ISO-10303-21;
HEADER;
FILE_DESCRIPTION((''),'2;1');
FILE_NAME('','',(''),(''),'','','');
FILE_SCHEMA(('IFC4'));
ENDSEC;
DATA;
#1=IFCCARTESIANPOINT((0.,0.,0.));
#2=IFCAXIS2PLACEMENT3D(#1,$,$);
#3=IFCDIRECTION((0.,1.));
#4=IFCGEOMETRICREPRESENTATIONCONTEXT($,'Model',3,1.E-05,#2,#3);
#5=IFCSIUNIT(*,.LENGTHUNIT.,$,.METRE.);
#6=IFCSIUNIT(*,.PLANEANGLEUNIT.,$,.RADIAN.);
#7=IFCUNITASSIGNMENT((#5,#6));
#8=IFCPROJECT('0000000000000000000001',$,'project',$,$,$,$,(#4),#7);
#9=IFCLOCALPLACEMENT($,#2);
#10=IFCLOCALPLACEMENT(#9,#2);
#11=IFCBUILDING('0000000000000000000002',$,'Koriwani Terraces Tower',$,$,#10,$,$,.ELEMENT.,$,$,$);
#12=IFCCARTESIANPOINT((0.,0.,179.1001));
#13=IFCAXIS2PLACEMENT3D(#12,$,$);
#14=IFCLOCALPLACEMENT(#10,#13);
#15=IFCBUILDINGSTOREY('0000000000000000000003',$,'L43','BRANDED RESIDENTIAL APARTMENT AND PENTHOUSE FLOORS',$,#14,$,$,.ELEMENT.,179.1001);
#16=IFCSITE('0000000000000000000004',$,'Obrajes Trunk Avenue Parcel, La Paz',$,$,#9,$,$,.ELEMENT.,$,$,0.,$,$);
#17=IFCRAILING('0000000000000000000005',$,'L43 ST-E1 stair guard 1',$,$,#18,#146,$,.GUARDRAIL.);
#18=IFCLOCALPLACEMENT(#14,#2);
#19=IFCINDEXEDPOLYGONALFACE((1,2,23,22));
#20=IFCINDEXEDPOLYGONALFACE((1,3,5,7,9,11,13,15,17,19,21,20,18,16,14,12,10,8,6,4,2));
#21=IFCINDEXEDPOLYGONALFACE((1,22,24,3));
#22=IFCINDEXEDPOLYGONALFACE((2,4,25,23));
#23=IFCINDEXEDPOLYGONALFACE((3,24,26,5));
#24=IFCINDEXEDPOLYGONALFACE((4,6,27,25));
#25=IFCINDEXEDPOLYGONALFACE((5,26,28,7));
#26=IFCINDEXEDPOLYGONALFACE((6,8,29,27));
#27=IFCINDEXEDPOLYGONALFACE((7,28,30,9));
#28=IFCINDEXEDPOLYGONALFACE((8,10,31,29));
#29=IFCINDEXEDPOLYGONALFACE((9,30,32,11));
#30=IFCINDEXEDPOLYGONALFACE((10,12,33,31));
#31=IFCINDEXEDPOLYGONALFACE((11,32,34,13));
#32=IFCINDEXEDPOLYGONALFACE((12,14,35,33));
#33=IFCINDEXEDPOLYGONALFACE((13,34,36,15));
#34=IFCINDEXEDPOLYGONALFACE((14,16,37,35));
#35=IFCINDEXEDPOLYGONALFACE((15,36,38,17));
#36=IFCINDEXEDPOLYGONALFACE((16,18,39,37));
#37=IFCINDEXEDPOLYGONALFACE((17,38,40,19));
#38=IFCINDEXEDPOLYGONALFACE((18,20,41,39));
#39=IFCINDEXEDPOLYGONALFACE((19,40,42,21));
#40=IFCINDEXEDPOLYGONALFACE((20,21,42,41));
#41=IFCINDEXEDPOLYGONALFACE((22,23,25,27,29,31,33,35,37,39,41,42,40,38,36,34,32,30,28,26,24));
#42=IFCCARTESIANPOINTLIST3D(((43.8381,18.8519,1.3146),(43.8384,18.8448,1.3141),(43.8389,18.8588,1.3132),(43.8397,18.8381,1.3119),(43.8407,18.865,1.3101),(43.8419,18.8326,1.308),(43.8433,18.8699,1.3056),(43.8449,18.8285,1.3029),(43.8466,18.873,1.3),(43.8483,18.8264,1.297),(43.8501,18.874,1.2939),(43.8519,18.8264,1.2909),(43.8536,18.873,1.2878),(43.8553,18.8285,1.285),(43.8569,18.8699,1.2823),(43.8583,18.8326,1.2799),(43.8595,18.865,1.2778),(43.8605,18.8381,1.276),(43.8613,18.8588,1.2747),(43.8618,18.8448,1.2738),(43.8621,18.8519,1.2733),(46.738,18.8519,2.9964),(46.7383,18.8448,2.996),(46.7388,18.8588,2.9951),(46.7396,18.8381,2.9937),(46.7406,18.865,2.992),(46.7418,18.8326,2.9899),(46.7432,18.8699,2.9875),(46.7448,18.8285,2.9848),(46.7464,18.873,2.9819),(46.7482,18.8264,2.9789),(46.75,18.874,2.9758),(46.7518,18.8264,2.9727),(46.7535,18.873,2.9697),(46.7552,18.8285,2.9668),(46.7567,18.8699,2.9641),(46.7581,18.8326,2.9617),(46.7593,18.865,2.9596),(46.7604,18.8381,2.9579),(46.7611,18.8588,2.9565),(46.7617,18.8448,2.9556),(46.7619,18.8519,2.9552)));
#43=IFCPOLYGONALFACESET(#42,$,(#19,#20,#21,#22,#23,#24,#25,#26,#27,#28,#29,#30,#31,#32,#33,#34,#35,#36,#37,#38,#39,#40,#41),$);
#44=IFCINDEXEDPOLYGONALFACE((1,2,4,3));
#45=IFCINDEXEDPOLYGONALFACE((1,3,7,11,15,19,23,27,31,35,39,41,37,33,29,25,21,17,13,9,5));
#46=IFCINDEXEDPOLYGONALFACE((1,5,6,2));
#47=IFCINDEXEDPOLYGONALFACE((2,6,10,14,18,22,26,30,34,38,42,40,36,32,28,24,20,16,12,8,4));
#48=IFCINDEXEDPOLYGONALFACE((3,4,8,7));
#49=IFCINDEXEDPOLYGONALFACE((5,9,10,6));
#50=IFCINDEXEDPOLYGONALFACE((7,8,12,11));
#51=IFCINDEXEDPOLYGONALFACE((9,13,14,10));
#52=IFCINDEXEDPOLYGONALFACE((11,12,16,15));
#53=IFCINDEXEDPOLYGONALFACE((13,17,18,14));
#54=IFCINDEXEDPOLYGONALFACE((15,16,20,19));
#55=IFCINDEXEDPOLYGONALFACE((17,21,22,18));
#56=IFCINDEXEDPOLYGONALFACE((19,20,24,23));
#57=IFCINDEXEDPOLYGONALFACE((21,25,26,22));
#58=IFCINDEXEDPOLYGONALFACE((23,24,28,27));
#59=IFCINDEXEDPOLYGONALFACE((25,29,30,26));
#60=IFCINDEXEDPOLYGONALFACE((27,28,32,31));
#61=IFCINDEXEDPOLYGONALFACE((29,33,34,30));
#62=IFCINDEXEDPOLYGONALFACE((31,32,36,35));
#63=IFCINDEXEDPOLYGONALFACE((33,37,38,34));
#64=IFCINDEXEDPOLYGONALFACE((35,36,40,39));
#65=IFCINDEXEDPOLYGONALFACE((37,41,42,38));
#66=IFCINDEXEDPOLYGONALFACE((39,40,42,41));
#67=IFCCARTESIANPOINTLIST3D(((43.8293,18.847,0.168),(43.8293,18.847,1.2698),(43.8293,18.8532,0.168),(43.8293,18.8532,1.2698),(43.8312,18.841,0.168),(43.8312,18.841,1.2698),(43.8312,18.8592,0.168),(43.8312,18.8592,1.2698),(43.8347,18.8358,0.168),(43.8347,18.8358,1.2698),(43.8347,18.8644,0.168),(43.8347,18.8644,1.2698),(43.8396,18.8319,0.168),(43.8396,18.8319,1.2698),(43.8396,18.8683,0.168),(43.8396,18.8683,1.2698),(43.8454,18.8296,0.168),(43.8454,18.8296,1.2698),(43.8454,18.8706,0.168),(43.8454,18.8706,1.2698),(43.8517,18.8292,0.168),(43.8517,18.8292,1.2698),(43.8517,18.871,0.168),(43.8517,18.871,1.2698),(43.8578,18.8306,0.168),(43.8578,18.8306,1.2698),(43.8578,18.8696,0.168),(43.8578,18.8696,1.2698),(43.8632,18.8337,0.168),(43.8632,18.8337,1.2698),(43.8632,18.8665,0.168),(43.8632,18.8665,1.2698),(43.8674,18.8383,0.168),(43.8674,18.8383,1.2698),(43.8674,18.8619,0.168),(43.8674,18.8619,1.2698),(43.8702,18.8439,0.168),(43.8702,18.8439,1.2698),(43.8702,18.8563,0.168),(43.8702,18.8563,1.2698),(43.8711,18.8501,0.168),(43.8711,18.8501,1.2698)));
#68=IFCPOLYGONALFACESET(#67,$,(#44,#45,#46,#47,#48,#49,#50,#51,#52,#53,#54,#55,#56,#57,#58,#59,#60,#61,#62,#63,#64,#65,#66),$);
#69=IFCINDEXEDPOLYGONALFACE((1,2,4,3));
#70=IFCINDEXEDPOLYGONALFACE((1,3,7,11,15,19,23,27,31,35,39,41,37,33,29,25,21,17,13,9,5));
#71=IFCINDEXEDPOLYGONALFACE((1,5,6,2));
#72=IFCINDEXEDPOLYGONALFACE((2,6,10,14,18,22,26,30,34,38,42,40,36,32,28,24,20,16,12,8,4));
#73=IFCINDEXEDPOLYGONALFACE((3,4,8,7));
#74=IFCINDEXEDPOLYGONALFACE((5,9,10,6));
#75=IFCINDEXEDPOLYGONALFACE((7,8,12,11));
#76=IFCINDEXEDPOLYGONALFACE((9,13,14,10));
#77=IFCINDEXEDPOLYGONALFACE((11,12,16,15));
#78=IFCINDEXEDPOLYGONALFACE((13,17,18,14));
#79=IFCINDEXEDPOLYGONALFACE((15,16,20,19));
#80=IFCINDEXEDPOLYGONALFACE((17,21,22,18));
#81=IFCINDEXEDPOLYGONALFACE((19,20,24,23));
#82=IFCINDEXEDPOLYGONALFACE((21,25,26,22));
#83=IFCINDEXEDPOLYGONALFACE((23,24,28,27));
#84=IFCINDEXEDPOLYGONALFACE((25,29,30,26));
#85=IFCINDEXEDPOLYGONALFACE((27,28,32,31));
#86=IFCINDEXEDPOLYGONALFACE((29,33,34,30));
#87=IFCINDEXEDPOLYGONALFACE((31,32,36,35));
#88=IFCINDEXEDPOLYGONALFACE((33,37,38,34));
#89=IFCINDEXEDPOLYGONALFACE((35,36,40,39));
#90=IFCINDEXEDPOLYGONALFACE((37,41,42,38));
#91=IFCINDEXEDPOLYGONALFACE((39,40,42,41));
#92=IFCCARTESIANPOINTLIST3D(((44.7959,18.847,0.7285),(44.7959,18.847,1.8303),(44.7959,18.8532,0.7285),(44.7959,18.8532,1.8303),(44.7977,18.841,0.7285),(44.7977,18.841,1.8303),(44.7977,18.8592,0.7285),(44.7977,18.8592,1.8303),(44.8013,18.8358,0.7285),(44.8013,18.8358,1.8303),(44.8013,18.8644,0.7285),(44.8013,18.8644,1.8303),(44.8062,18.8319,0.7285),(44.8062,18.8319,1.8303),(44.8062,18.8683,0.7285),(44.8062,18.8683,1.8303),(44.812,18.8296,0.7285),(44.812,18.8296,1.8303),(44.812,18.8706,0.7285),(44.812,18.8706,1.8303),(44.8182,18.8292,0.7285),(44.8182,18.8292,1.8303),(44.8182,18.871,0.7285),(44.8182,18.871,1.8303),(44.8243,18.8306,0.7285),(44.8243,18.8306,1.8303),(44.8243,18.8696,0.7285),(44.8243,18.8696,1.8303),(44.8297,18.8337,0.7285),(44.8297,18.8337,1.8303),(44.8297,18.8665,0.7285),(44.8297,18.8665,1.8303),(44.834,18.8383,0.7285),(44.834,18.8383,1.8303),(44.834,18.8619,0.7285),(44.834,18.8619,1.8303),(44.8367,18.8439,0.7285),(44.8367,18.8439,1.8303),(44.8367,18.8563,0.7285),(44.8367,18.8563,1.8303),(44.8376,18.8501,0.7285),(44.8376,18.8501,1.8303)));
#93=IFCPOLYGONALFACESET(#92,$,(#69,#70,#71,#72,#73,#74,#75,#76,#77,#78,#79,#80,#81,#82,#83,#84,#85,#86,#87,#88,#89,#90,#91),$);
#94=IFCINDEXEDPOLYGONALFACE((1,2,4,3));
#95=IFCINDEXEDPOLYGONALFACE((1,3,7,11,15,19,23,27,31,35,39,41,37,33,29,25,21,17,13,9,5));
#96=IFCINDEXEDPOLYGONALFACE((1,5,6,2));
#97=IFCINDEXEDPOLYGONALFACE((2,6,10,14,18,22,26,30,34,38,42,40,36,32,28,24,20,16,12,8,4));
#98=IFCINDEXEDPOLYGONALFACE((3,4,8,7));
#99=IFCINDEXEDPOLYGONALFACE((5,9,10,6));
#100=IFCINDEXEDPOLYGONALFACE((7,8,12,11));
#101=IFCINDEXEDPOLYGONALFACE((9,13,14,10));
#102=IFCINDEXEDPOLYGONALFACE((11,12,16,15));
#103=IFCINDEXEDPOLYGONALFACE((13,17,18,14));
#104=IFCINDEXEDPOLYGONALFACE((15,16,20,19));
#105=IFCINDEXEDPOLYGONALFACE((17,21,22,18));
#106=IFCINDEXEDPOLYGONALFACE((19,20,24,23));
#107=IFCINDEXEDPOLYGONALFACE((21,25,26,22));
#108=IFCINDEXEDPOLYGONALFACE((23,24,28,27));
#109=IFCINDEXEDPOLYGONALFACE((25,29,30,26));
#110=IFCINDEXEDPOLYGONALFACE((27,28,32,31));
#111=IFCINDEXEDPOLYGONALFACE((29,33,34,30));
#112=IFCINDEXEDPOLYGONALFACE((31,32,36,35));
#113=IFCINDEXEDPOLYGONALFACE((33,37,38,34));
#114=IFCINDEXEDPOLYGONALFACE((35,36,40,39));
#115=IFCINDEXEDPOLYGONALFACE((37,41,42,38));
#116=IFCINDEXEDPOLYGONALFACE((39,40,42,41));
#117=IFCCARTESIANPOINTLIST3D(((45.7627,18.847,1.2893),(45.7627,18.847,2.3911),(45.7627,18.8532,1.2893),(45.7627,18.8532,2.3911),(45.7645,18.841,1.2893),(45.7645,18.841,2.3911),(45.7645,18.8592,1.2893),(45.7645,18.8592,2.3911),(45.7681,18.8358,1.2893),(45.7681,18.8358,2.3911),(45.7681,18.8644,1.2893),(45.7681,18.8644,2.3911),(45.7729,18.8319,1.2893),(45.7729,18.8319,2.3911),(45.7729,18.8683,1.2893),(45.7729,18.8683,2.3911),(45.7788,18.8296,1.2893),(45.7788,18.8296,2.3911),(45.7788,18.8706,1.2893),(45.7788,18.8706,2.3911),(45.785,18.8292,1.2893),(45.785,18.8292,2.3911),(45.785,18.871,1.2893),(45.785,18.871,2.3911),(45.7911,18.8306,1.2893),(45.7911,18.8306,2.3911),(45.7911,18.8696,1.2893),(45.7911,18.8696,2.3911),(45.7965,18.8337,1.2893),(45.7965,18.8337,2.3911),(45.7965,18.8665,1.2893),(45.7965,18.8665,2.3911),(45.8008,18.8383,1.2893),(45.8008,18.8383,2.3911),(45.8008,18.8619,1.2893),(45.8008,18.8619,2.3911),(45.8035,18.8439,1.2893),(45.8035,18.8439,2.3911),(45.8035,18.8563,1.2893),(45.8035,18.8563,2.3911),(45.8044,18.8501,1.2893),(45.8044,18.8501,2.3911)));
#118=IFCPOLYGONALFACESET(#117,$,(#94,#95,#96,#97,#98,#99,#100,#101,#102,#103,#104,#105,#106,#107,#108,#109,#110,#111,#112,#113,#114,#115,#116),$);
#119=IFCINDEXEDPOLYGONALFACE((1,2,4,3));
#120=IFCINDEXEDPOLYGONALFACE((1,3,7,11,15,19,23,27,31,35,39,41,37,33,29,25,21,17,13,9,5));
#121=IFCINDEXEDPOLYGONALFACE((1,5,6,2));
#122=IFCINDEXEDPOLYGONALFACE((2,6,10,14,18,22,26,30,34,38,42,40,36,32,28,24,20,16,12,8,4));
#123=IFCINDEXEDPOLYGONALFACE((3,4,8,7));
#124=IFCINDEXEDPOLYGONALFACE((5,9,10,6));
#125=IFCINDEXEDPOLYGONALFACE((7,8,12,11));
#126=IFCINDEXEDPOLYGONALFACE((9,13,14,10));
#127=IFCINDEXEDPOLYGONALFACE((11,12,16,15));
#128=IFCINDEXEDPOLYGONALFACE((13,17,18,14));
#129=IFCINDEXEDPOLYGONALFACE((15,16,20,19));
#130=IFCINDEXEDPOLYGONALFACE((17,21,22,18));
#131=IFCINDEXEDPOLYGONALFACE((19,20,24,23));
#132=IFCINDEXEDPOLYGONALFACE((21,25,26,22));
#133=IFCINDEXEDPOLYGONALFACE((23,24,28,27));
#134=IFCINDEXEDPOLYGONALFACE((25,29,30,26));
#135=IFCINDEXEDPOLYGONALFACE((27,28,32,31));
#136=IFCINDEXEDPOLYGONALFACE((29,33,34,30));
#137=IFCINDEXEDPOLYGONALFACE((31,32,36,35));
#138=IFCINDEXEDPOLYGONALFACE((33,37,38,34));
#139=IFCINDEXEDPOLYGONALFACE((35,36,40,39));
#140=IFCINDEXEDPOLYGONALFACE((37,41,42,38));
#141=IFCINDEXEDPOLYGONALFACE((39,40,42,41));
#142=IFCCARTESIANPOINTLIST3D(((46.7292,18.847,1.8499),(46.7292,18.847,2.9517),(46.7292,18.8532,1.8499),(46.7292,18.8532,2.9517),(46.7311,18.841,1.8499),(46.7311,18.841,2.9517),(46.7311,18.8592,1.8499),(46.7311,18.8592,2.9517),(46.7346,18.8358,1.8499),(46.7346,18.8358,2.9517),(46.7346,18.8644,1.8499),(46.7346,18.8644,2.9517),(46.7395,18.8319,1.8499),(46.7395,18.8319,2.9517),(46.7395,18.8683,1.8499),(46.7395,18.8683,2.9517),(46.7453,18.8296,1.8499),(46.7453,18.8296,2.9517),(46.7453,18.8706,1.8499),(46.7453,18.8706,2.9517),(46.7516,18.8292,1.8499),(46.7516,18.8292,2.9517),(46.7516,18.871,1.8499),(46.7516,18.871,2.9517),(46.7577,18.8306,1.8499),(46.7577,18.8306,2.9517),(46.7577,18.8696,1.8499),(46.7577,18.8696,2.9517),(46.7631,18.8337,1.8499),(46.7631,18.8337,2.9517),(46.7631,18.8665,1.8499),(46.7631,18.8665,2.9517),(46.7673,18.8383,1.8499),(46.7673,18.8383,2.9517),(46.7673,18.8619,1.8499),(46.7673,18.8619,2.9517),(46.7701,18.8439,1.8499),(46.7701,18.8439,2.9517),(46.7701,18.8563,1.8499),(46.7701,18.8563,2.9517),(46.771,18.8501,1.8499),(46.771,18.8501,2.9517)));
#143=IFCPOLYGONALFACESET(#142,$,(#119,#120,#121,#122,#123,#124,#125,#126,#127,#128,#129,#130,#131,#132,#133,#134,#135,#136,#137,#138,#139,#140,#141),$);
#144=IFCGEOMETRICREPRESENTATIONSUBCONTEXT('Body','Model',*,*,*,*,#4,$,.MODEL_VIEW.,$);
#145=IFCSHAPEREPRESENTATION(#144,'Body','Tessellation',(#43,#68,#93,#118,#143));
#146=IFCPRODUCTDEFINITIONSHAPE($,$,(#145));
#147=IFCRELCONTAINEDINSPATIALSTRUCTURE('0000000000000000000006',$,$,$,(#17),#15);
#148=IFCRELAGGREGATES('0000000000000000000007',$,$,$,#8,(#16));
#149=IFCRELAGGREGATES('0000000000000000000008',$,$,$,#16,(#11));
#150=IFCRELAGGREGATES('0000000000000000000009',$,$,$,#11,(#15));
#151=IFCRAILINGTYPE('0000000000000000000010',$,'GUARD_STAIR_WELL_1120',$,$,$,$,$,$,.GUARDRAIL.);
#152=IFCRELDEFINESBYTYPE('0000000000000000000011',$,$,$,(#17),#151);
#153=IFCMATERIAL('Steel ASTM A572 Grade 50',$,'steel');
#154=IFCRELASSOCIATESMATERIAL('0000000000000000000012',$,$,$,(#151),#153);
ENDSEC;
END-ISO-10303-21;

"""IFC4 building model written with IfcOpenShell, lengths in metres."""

from ifc_helpers import new_model, si_unit, direction, frame, origin, origin_2d, place, context, subcontext, project, spatial, circle, extrude, material, type_object, element, save


model = new_model("IFC4")

# Units and contexts
model_context = context("Model", 3, precision=1e-05, world=origin(), true_north=direction((0.0, 1.0)))
body_context = subcontext(model_context, "Body", "Model", "MODEL_VIEW")
ifc_project = project(units=[si_unit("LENGTHUNIT", "METRE"), si_unit("PLANEANGLEUNIT", "RADIAN")], contexts=[model_context])

# Site, building, storey
site_placement = place(None, origin())
site = spatial("IfcSite", under=ifc_project, at=site_placement, Name="Obrajes Trunk Avenue Parcel, La Paz", CompositionType="ELEMENT", RefElevation=0.0)
building_placement = place(site_placement, origin())
building = spatial("IfcBuilding", under=site, at=building_placement, Name="Koriwani Terraces Tower", CompositionType="ELEMENT")
storey_placement = place(building_placement, frame((0.0, 0.0, 179.1001)))
storey = spatial("IfcBuildingStorey", under=building, at=storey_placement, Name="L43", Description="BRANDED RESIDENTIAL APARTMENT AND PENTHOUSE FLOORS", CompositionType="ELEMENT", Elevation=179.1001)

# Shared definitions
ifc_material_1 = material(Name="Steel ASTM A572 Grade 50", Category="steel")

# Railing
railing_type_1 = type_object("IfcRailingType", Name="GUARD_STAIR_WELL_1120", PredefinedType="GUARDRAIL", material=ifc_material_1)
railing_1_placement = place(storey_placement, frame((43.8501, 18.8501, 0.168)))
element("IfcRailing", 1, at=railing_1_placement, inside=storey, type_object=railing_type_1, Name="L43 ST-E1 stair guard 1", PredefinedType="GUARDRAIL", context=body_context, shape_type="SweptSolid", body=[
    extrude(circle(Radius=0.0239, at=origin_2d()), frame((0.0, 0.0, 1.126), z_axis=(0.865039, 0.0, 0.501705), x_axis=(0.0, 1.0, 0.0)), (0.0, 0.0, 1.0), 3.3523),
    extrude(circle(Radius=0.021, at=origin_2d()), origin(), (0.0, 0.0, 1.0), 1.1018),
    extrude(circle(Radius=0.021, at=origin_2d()), frame((0.9666, 0.0, 0.5605)), (0.0, 0.0, 1.0), 1.1018),
    extrude(circle(Radius=0.021, at=origin_2d()), frame((1.9333, 0.0, 1.1213)), (0.0, 0.0, 1.0), 1.1018),
    extrude(circle(Radius=0.021, at=origin_2d()), frame((2.8999, 0.0, 1.6819)), (0.0, 0.0, 1.0), 1.1018),
])

save(model, "model.ifc")
